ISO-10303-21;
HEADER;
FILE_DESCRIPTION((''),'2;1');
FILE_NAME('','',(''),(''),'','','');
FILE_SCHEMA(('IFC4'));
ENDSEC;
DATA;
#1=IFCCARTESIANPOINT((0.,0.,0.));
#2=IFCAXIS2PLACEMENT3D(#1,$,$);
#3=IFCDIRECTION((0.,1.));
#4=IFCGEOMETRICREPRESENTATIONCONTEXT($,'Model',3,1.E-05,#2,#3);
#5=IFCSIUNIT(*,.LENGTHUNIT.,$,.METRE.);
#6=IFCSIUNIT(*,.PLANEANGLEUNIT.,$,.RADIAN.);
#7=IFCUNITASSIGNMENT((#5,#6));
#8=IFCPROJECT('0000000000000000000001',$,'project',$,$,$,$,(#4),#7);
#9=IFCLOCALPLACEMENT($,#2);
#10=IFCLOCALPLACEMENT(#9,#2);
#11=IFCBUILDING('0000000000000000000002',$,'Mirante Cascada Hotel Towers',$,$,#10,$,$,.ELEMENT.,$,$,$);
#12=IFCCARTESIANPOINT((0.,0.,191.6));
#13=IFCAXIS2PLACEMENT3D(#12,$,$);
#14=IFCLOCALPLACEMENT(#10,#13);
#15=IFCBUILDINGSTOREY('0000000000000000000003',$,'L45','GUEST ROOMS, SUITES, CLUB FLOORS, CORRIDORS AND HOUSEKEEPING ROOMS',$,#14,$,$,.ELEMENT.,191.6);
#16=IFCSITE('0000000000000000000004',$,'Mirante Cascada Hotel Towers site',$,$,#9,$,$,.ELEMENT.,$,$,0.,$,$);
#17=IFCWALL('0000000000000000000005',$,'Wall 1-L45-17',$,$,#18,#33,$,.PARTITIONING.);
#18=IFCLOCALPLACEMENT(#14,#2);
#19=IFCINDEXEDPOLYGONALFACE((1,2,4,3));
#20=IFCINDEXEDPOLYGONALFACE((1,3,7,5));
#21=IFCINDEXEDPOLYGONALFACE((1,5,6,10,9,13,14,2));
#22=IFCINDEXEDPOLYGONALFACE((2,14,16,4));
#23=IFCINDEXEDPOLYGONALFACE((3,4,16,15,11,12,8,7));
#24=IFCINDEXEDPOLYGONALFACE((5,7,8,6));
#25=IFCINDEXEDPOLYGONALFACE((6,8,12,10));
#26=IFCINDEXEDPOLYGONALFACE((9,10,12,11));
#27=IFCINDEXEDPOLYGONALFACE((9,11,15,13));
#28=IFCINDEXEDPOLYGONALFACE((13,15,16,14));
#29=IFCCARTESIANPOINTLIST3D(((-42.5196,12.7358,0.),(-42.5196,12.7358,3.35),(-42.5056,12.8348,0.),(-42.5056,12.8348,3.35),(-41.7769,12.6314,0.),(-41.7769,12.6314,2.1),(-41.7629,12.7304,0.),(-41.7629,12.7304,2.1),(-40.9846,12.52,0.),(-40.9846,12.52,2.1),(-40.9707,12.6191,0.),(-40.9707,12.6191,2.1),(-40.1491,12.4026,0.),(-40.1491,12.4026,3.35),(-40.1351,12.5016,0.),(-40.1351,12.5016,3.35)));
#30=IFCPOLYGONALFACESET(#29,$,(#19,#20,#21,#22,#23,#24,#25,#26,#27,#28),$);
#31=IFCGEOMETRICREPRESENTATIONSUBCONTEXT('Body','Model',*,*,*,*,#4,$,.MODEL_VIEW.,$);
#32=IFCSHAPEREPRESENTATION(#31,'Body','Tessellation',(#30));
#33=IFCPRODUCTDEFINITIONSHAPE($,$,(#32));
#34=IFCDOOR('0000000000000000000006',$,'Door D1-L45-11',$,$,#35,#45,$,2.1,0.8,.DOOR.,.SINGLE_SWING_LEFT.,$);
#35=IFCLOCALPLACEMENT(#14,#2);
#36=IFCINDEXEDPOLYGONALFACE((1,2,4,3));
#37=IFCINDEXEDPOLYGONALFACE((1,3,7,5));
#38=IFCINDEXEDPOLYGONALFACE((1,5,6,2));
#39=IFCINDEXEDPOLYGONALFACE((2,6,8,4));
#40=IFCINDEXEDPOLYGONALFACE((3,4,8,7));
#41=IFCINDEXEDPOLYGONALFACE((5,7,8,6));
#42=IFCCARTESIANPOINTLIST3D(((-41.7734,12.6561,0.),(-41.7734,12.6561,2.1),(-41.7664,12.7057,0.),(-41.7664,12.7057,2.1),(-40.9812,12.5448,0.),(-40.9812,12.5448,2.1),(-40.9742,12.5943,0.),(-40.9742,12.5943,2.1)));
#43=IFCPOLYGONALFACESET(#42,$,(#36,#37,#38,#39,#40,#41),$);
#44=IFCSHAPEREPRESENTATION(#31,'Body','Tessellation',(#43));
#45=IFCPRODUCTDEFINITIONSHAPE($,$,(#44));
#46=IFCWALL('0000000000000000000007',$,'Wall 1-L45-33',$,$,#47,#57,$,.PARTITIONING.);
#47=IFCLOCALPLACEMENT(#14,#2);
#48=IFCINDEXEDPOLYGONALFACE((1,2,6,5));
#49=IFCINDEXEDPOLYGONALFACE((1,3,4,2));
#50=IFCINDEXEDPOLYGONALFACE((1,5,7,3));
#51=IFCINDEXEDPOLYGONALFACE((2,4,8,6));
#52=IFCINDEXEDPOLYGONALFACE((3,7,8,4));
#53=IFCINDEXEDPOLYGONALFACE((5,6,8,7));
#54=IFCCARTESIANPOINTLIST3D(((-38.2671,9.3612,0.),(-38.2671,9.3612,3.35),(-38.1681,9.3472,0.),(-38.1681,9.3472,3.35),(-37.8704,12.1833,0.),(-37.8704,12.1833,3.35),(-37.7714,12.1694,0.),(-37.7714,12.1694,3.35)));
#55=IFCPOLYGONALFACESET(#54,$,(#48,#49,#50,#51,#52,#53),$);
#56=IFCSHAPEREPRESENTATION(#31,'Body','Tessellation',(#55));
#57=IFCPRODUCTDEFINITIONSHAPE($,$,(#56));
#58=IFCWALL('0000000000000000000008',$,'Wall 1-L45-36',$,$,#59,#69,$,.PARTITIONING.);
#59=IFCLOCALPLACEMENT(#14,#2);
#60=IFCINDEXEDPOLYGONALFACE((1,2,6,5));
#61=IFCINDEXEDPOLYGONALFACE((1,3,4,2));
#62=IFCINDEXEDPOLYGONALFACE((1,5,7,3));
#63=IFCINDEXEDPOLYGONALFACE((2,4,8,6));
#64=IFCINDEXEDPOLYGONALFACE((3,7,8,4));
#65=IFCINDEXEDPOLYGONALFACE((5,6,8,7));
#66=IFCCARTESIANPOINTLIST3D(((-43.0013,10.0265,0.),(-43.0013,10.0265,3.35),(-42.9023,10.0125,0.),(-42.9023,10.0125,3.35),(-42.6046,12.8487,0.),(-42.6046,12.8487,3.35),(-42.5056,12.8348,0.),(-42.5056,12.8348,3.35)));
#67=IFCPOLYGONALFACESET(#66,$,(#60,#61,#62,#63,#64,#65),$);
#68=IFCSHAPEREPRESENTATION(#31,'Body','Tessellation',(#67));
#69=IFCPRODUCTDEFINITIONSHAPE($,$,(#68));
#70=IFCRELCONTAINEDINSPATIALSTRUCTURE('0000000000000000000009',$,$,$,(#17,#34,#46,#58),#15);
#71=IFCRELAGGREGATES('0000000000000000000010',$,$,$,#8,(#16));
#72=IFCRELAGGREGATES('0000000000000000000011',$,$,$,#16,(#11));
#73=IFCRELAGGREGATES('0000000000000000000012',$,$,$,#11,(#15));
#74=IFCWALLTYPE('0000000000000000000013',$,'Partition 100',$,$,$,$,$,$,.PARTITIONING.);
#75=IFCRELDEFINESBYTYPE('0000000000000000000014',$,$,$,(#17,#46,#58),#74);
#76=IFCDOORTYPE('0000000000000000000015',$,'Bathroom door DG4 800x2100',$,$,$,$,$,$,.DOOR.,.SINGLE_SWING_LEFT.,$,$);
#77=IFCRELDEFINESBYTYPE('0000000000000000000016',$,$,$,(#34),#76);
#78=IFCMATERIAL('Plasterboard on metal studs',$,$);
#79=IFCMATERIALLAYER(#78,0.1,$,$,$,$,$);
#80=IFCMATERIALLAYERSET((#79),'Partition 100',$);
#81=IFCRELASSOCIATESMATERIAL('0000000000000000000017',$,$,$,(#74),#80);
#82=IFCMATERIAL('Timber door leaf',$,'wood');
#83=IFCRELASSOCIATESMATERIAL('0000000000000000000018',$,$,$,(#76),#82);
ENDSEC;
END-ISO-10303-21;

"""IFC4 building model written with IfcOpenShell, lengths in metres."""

from ifc_helpers import new_model, si_unit, direction, frame, frame_2d, origin, place, context, subcontext, project, spatial, rectangle, extrude, material, layer, layer_set, type_object, element, fill, save


model = new_model("IFC4")

# Units and contexts
model_context = context("Model", 3, precision=1e-05, world=origin(), true_north=direction((0.0, 1.0)))
body_context = subcontext(model_context, "Body", "Model", "MODEL_VIEW")
ifc_project = project(units=[si_unit("LENGTHUNIT", "METRE"), si_unit("PLANEANGLEUNIT", "RADIAN")], contexts=[model_context])

# Site, building, storey
site_placement = place(None, origin())
site = spatial("IfcSite", under=ifc_project, at=site_placement, Name="Mirante Cascada Hotel Towers site", CompositionType="ELEMENT", RefElevation=0.0)
building_placement = place(site_placement, origin())
building = spatial("IfcBuilding", under=site, at=building_placement, Name="Mirante Cascada Hotel Towers", CompositionType="ELEMENT")
storey_placement = place(building_placement, frame((0.0, 0.0, 191.6)))
storey = spatial("IfcBuildingStorey", under=building, at=storey_placement, Name="L45", Description="GUEST ROOMS, SUITES, CLUB FLOORS, CORRIDORS AND HOUSEKEEPING ROOMS", CompositionType="ELEMENT", Elevation=191.6)

# Wall, opening, door
ifc_material_1 = material(Name="Plasterboard on metal studs")
ifc_layer_1 = layer(ifc_material_1, 0.1)
ifc_layer_set_1 = layer_set([ifc_layer_1], Name="Partition 100")
wall_type_1 = type_object("IfcWallType", Name="Partition 100", PredefinedType="PARTITIONING", material=ifc_layer_set_1)
ifc_material_2 = material(Name="Timber door leaf", Category="wood")
door_type_1 = type_object("IfcDoorType", Name="Bathroom door DG4 800x2100", OperationType="SINGLE_SWING_LEFT", PredefinedType="DOOR", material=ifc_material_2)
wall_1_placement = place(storey_placement, frame((-42.5126, 12.7853, 0.0), z_axis=(0.0, 0.0, 1.0), x_axis=(0.990265, -0.139193, 0.0)))
wall_1 = element("IfcWall", 1, at=wall_1_placement, inside=storey, type_object=wall_type_1, Name="Wall 1-L45-17", PredefinedType="PARTITIONING", context=body_context, shape_type="SweptSolid", body=[
    extrude(rectangle(XDim=2.3938, YDim=0.1, at=frame_2d((1.1969, 0.0))), origin(), (0.0, 0.0, 1.0), 3.35),
])
opening_1_placement = place(wall_1_placement, frame((0.75, 0.0, 0.0)))
opening_1 = element("IfcOpeningElement", 2, at=opening_1_placement, cuts=wall_1, PredefinedType="OPENING", context=body_context, shape_type="SweptSolid", body=[
    extrude(rectangle(XDim=0.8, YDim=2.1, at=frame_2d((0.4, 1.05))), frame((0.0, 0.05, 0.0), z_axis=(0.0, -1.0, 0.0), x_axis=(1.0, 0.0, 0.0)), (0.0, 0.0, 1.0), 0.1),
])
door_1_placement = place(opening_1_placement, origin())
door_1 = element("IfcDoor", 3, at=door_1_placement, inside=storey, type_object=door_type_1, Name="Door D1-L45-11", OperationType="SINGLE_SWING_LEFT", OverallHeight=2.1, OverallWidth=0.8, PredefinedType="DOOR", context=body_context, shape_type="SweptSolid", body=[
    extrude(rectangle(XDim=0.8, YDim=2.1, at=frame_2d((0.4, 1.05))), frame((0.0, 0.025, 0.0), z_axis=(0.0, -1.0, 0.0), x_axis=(1.0, 0.0, 0.0)), (0.0, 0.0, 1.0), 0.05),
])
fill(opening_1, door_1)

# Walls
wall_2_placement = place(storey_placement, frame((-37.8209, 12.1764, 0.0), z_axis=(0.0, 0.0, 1.0), x_axis=(-0.139196, -0.990265, 0.0)))
element("IfcWall", 4, at=wall_2_placement, inside=storey, type_object=wall_type_1, Name="Wall 1-L45-33", PredefinedType="PARTITIONING", context=body_context, shape_type="SweptSolid", body=[
    extrude(rectangle(XDim=2.8499, YDim=0.1, at=frame_2d((1.425, 0.0))), origin(), (0.0, 0.0, 1.0), 3.35),
])
wall_3_placement = place(storey_placement, frame((-42.9518, 10.0195, 0.0), z_axis=(0.0, 0.0, 1.0), x_axis=(0.139191, 0.990266, 0.0)))
element("IfcWall", 5, at=wall_3_placement, inside=storey, type_object=wall_type_1, Name="Wall 1-L45-36", PredefinedType="PARTITIONING", context=body_context, shape_type="SweptSolid", body=[
    extrude(rectangle(XDim=2.85, YDim=0.1, at=frame_2d((1.425, 0.0))), origin(), (0.0, 0.0, 1.0), 3.35),
])

save(model, "model.ifc")
